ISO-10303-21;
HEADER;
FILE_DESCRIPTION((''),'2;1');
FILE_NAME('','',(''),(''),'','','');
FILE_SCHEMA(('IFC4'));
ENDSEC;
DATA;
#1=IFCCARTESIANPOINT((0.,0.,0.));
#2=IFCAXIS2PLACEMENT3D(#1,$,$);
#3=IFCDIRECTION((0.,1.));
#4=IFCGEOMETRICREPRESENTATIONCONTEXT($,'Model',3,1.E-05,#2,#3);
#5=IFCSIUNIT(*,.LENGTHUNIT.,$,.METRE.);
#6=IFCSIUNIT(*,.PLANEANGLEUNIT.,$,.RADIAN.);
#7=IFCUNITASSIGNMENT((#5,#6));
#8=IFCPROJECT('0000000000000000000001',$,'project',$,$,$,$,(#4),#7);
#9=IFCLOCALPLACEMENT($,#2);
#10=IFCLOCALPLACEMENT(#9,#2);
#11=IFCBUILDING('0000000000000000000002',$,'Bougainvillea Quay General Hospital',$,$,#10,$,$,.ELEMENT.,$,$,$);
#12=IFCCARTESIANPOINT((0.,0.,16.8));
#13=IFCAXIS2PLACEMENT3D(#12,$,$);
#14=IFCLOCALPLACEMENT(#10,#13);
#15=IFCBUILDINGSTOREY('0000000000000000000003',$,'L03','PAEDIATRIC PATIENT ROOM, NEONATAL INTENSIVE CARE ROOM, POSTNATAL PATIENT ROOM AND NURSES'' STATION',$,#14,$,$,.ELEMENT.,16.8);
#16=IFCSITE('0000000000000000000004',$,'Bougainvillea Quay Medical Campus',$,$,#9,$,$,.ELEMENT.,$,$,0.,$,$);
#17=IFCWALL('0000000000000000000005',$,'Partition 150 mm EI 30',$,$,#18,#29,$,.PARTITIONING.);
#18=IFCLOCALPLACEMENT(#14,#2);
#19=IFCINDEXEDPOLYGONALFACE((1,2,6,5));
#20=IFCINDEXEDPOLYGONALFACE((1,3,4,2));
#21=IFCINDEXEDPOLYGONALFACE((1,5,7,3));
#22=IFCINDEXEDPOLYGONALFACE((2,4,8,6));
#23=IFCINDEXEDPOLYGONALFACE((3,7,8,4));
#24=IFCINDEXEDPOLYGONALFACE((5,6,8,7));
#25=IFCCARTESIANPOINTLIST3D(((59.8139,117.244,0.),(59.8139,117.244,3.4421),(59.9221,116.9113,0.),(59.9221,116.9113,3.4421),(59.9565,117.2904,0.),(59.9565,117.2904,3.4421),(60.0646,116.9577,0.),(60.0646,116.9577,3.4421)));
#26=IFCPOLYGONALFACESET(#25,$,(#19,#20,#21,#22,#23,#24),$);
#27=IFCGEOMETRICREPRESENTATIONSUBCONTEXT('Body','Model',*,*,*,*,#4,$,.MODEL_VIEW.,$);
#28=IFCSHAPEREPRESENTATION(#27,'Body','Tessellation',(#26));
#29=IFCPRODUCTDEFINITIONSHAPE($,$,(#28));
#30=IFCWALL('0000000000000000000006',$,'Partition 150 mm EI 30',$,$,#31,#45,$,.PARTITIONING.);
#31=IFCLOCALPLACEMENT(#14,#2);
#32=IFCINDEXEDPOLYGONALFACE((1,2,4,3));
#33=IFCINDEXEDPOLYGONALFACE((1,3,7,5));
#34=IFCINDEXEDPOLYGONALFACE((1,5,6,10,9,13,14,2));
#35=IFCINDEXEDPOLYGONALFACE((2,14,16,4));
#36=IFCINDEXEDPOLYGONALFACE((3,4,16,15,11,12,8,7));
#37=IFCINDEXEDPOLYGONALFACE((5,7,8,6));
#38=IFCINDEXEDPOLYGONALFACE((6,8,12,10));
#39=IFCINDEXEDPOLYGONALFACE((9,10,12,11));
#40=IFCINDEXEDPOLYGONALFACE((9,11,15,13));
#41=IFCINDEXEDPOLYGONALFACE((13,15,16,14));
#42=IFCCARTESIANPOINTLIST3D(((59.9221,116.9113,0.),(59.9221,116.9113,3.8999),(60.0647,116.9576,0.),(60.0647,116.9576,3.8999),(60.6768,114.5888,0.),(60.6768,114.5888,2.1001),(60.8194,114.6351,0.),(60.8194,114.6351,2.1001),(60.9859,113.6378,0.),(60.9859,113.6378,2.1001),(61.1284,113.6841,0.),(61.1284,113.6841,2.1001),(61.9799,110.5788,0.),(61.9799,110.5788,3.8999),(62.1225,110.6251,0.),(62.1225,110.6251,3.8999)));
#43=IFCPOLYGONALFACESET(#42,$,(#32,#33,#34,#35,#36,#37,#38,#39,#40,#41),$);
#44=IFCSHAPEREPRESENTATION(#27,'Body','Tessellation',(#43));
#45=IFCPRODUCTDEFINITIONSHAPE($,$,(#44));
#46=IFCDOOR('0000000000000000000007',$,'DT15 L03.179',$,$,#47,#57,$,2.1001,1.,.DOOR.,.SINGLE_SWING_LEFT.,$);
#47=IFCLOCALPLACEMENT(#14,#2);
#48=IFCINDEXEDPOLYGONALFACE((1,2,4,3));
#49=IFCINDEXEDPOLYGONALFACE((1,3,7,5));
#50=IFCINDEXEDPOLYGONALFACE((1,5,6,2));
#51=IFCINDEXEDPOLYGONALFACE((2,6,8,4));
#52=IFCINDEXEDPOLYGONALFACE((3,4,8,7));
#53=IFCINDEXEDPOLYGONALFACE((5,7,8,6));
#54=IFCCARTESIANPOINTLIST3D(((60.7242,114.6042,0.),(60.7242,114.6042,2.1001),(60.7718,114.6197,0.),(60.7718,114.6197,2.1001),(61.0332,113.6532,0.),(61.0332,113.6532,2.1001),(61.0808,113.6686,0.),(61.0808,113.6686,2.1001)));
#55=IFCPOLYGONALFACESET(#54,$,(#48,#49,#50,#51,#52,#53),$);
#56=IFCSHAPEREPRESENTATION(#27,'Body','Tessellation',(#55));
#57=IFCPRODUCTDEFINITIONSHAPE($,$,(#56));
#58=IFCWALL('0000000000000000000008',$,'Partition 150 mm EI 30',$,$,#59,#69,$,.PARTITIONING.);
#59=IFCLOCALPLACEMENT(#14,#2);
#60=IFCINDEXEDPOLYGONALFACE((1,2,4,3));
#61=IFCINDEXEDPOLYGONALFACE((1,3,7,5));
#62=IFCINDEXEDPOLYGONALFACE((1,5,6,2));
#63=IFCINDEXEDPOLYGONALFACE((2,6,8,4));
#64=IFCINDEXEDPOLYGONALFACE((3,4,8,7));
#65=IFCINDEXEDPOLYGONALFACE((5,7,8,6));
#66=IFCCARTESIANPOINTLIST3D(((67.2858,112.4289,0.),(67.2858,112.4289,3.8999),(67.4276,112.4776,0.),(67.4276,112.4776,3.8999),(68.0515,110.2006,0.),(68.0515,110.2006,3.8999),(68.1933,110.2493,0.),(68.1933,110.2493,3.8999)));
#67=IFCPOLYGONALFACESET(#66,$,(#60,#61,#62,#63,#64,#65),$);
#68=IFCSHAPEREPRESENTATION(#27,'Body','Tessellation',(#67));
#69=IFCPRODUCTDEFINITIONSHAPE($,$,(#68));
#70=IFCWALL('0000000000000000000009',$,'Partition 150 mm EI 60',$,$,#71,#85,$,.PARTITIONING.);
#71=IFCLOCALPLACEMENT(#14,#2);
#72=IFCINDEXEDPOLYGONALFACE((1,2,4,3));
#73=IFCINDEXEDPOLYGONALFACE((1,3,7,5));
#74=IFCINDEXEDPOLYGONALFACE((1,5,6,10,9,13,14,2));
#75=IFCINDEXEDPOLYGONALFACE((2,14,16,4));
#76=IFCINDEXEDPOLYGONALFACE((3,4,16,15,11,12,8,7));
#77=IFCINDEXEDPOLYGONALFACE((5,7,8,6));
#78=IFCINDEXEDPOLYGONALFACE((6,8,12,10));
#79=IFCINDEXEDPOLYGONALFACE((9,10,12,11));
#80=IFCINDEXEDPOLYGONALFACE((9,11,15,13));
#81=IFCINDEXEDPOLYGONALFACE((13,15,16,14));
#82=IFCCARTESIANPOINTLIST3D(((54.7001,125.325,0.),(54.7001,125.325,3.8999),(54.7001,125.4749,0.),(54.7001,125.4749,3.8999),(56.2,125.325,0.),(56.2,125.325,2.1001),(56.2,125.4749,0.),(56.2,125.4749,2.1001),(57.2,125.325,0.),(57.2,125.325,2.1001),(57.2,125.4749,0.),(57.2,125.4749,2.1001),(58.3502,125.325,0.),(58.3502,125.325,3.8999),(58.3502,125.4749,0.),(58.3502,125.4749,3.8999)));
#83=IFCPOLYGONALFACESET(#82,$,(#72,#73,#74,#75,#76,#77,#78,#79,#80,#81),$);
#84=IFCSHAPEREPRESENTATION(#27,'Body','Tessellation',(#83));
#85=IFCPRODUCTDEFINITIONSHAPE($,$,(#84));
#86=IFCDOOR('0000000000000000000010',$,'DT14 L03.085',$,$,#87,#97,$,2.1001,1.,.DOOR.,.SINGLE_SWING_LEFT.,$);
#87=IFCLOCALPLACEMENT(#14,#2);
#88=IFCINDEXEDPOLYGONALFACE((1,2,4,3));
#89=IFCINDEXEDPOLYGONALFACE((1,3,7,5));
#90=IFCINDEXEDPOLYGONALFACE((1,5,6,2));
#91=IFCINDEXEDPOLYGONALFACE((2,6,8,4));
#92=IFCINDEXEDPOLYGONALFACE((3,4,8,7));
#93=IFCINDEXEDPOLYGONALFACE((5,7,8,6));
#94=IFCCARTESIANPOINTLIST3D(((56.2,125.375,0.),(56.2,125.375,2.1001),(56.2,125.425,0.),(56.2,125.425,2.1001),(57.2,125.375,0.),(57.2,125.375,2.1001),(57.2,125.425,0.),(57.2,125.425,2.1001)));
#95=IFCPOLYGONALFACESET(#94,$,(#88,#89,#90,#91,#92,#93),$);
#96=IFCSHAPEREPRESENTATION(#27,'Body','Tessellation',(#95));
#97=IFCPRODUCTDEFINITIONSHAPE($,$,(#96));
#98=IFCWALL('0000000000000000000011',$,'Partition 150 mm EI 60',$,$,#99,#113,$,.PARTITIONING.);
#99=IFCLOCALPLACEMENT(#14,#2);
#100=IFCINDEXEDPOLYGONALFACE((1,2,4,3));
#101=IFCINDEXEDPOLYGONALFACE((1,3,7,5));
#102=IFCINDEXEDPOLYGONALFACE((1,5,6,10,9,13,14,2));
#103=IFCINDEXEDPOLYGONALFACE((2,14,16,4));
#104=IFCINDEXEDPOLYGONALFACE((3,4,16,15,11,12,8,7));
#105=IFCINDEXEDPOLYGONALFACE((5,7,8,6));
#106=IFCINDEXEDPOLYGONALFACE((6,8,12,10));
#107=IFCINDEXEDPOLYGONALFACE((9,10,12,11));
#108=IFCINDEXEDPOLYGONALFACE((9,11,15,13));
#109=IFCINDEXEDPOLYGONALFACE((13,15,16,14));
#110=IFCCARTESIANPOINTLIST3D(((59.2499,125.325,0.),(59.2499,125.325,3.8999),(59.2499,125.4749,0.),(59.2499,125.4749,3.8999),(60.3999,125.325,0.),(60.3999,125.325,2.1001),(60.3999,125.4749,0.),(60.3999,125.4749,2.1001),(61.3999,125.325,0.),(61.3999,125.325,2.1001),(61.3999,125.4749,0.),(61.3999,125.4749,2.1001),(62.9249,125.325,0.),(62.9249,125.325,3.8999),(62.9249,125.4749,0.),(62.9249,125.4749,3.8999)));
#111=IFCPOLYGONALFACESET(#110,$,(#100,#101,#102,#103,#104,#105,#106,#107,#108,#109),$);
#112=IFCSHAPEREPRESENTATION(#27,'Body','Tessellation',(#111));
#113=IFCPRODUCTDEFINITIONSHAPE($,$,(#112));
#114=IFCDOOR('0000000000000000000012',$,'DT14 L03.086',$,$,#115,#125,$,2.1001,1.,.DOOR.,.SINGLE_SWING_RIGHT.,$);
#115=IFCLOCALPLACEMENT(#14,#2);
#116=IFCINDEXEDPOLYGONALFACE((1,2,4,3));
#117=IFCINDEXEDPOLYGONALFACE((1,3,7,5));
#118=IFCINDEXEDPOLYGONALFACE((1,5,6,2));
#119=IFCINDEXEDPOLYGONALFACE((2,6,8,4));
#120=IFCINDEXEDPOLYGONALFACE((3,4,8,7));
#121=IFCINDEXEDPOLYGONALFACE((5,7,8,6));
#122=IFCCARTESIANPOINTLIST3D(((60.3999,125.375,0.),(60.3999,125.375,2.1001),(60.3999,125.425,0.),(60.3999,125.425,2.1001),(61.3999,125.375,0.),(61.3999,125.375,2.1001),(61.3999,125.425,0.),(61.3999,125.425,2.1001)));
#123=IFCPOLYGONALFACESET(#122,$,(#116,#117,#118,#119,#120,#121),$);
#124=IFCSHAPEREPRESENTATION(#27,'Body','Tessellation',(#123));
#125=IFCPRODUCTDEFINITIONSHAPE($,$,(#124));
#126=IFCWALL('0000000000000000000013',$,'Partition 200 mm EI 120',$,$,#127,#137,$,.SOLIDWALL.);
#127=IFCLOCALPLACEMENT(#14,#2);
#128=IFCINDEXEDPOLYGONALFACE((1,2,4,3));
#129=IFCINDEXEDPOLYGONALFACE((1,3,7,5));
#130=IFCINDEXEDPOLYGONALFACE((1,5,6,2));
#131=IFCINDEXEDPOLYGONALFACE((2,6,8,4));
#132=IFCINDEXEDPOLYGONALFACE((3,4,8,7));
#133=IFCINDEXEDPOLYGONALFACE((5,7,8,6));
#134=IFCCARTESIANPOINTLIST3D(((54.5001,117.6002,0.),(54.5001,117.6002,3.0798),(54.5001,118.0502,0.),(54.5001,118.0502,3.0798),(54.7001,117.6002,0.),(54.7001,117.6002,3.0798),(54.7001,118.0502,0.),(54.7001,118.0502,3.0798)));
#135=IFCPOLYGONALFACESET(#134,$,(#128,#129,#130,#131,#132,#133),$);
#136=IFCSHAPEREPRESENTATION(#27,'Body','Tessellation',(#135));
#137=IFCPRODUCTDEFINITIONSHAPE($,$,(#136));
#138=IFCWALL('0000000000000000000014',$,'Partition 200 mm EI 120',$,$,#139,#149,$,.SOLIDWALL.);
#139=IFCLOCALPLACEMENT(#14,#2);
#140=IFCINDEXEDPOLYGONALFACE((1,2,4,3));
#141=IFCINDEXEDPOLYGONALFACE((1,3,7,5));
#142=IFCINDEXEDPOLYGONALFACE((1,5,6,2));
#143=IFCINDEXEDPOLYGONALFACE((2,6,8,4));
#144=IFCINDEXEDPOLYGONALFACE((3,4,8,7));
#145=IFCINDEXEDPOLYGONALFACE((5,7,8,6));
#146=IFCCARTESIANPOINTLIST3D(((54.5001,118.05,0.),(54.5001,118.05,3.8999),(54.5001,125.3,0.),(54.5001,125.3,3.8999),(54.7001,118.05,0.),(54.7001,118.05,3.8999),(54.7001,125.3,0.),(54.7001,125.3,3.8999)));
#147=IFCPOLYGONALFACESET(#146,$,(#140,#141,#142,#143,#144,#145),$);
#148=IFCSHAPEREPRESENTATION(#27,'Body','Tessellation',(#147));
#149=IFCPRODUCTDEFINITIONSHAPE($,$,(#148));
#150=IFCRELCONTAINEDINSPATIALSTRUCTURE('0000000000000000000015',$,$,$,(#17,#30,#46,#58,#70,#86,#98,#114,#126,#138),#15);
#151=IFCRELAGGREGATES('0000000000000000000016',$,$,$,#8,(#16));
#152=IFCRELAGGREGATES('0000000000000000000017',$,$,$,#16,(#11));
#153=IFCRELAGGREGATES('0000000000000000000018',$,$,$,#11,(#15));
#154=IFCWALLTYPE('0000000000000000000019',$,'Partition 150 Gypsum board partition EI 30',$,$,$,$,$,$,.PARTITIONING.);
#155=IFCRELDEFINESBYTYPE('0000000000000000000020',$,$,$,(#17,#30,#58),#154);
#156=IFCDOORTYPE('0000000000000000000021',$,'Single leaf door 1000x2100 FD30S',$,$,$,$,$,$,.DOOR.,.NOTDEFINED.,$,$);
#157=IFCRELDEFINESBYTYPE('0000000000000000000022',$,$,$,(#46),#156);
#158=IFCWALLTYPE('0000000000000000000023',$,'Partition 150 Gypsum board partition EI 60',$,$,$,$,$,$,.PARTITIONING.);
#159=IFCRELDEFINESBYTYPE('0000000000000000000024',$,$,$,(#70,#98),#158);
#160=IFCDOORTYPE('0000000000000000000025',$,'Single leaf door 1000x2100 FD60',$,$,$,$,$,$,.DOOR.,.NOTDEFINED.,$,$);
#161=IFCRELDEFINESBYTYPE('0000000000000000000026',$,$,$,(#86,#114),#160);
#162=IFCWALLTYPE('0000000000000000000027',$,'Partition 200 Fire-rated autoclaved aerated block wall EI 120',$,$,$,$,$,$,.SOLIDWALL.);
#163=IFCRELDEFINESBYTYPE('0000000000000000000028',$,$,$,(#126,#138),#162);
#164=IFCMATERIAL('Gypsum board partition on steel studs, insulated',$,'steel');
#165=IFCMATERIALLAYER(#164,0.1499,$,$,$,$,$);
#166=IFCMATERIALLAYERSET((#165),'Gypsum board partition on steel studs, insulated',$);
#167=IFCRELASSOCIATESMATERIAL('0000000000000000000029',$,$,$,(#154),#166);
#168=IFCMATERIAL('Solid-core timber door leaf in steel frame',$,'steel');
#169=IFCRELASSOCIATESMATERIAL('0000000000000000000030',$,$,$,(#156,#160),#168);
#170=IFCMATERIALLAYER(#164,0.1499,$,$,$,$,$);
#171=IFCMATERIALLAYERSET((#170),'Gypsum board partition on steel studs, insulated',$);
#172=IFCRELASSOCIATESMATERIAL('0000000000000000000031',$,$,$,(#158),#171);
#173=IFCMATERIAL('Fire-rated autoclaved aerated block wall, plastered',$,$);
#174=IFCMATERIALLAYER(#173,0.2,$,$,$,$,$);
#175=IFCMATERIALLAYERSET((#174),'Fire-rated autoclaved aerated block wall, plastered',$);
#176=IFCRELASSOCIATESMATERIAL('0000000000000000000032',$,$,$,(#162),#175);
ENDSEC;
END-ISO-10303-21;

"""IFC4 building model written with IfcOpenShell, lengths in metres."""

from ifc_helpers import new_model, si_unit, direction, frame, frame_2d, origin, place, context, subcontext, project, spatial, rectangle, extrude, material, layer, layer_set, type_object, element, fill, save


model = new_model("IFC4")

# Units and contexts
model_context = context("Model", 3, precision=1e-05, world=origin(), true_north=direction((0.0, 1.0)))
body_context = subcontext(model_context, "Body", "Model", "MODEL_VIEW")
ifc_project = project(units=[si_unit("LENGTHUNIT", "METRE"), si_unit("PLANEANGLEUNIT", "RADIAN")], contexts=[model_context])

# Site, building, storey
site_placement = place(None, origin())
site = spatial("IfcSite", under=ifc_project, at=site_placement, Name="Bougainvillea Quay Medical Campus", CompositionType="ELEMENT", RefElevation=0.0)
building_placement = place(site_placement, origin())
building = spatial("IfcBuilding", under=site, at=building_placement, Name="Bougainvillea Quay General Hospital", CompositionType="ELEMENT")
storey_placement = place(building_placement, frame((0.0, 0.0, 16.8)))
storey = spatial("IfcBuildingStorey", under=building, at=storey_placement, Name="L03", Description="PAEDIATRIC PATIENT ROOM, NEONATAL INTENSIVE CARE ROOM, POSTNATAL PATIENT ROOM AND NURSES' STATION", CompositionType="ELEMENT", Elevation=16.8)

# Shared definitions
ifc_material_1 = material(Name="Gypsum board partition on steel studs, insulated", Category="steel")
ifc_layer_1 = layer(ifc_material_1, 0.1499)
ifc_layer_set_1 = layer_set([ifc_layer_1], Name="Gypsum board partition on steel studs, insulated")
wall_type_1 = type_object("IfcWallType", Name="Partition 150 Gypsum board partition EI 30", PredefinedType="PARTITIONING", material=ifc_layer_set_1)

# Shared definitions
ifc_material_2 = material(Name="Solid-core timber door leaf in steel frame", Category="steel")
door_type_1 = type_object("IfcDoorType", Name="Single leaf door 1000x2100 FD30S", OperationType="NOTDEFINED", PredefinedType="DOOR", material=ifc_material_2)

# Wall
wall_1_placement = place(storey_placement, frame((59.8853, 117.2671, 0.0), z_axis=(0.0, 0.0, 1.0), x_axis=(0.309102, -0.951029, 0.0)))
element("IfcWall", 1, at=wall_1_placement, inside=storey, type_object=wall_type_1, Name="Partition 150 mm EI 30", PredefinedType="PARTITIONING", context=body_context, shape_type="SweptSolid", body=[
    extrude(rectangle(XDim=0.3499, YDim=0.1499, at=frame_2d((0.1748, 0.0))), origin(), (0.0, 0.0, 1.0), 3.4421),
])

# Wall, opening, door
wall_2_placement = place(storey_placement, frame((59.9934, 116.9343, 0.0), z_axis=(0.0, 0.0, 1.0), x_axis=(0.309058, -0.951043, 0.0)))
wall_2 = element("IfcWall", 2, at=wall_2_placement, inside=storey, type_object=wall_type_1, Name="Partition 150 mm EI 30", PredefinedType="PARTITIONING", context=body_context, shape_type="SweptSolid", body=[
    extrude(rectangle(XDim=6.6584, YDim=0.1499, at=frame_2d((3.3291, 0.0))), origin(), (0.0, 0.0, 1.0), 3.8999),
])
opening_1_placement = place(wall_2_placement, frame((2.4419, 0.0, 0.0)))
opening_1 = element("IfcOpeningElement", 3, at=opening_1_placement, cuts=wall_2, PredefinedType="OPENING", context=body_context, shape_type="SweptSolid", body=[
    extrude(rectangle(XDim=1.0, YDim=2.1001, at=frame_2d((0.5, 1.05))), frame((0.0, 0.085, 0.0), z_axis=(0.0, -1.0, 0.0), x_axis=(1.0, 0.0, 0.0)), (0.0, 0.0, 1.0), 0.1699),
])
door_1_placement = place(opening_1_placement, origin())
door_1 = element("IfcDoor", 4, at=door_1_placement, inside=storey, type_object=door_type_1, Name="DT15 L03.179", OperationType="SINGLE_SWING_LEFT", OverallHeight=2.1001, OverallWidth=1.0, PredefinedType="DOOR", context=body_context, shape_type="SweptSolid", body=[
    extrude(rectangle(XDim=1.0, YDim=2.1001, at=frame_2d((0.5, 1.05))), frame((0.0, 0.0249, 0.0), z_axis=(0.0, -1.0, 0.0), x_axis=(1.0, 0.0, 0.0)), (0.0, 0.0, 1.0), 0.05),
])
fill(opening_1, door_1)

# Wall
wall_3_placement = place(storey_placement, frame((67.3567, 112.4534, 0.0), z_axis=(0.0, 0.0, 1.0), x_axis=(0.324949, -0.945731, 0.0)))
element("IfcWall", 5, at=wall_3_placement, inside=storey, type_object=wall_type_1, Name="Partition 150 mm EI 30", PredefinedType="PARTITIONING", context=body_context, shape_type="SweptSolid", body=[
    extrude(rectangle(XDim=2.3562, YDim=0.1499, at=frame_2d((1.1782, 0.0))), origin(), (0.0, 0.0, 1.0), 3.8999),
])

# Walls, openings, doors
ifc_layer_2 = layer(ifc_material_1, 0.1499)
ifc_layer_set_2 = layer_set([ifc_layer_2], Name="Gypsum board partition on steel studs, insulated")
wall_type_2 = type_object("IfcWallType", Name="Partition 150 Gypsum board partition EI 60", PredefinedType="PARTITIONING", material=ifc_layer_set_2)
wall_4_placement = place(storey_placement, frame((54.7, 125.3999, 0.0), z_axis=(0.0, 0.0, 1.0), x_axis=(1.0, 0.0, 0.0)))
wall_4 = element("IfcWall", 6, at=wall_4_placement, inside=storey, type_object=wall_type_2, Name="Partition 150 mm EI 60", PredefinedType="PARTITIONING", context=body_context, shape_type="SweptSolid", body=[
    extrude(rectangle(XDim=3.6501, YDim=0.1499, at=frame_2d((1.8252, 0.0))), origin(), (0.0, 0.0, 1.0), 3.8999),
])
opening_2_placement = place(wall_4_placement, frame((1.5, 0.0, 0.0)))
opening_2 = element("IfcOpeningElement", 7, at=opening_2_placement, cuts=wall_4, PredefinedType="OPENING", context=body_context, shape_type="SweptSolid", body=[
    extrude(rectangle(XDim=1.0, YDim=2.1001, at=frame_2d((0.5, 1.05))), frame((0.0, 0.085, 0.0), z_axis=(0.0, -1.0, 0.0), x_axis=(1.0, 0.0, 0.0)), (0.0, 0.0, 1.0), 0.1699),
])
door_type_2 = type_object("IfcDoorType", Name="Single leaf door 1000x2100 FD60", OperationType="NOTDEFINED", PredefinedType="DOOR", material=ifc_material_2)
door_2_placement = place(opening_2_placement, frame((1.0, 0.0, 0.0), z_axis=(0.0, 0.0, 1.0), x_axis=(-1.0, 0.0, 0.0)))
door_2 = element("IfcDoor", 8, at=door_2_placement, inside=storey, type_object=door_type_2, Name="DT14 L03.085", OperationType="SINGLE_SWING_LEFT", OverallHeight=2.1001, OverallWidth=1.0, PredefinedType="DOOR", context=body_context, shape_type="SweptSolid", body=[
    extrude(rectangle(XDim=1.0, YDim=2.1001, at=frame_2d((0.5, 1.05))), frame((0.0, 0.0249, 0.0), z_axis=(0.0, -1.0, 0.0), x_axis=(1.0, 0.0, 0.0)), (0.0, 0.0, 1.0), 0.05),
])
fill(opening_2, door_2)
wall_5_placement = place(storey_placement, frame((59.25, 125.3999, 0.0), z_axis=(0.0, 0.0, 1.0), x_axis=(1.0, 0.0, 0.0)))
wall_5 = element("IfcWall", 9, at=wall_5_placement, inside=storey, type_object=wall_type_2, Name="Partition 150 mm EI 60", PredefinedType="PARTITIONING", context=body_context, shape_type="SweptSolid", body=[
    extrude(rectangle(XDim=3.675, YDim=0.1499, at=frame_2d((1.8374, 0.0))), origin(), (0.0, 0.0, 1.0), 3.8999),
])
opening_3_placement = place(wall_5_placement, frame((1.1499, 0.0, 0.0)))
opening_3 = element("IfcOpeningElement", 10, at=opening_3_placement, cuts=wall_5, PredefinedType="OPENING", context=body_context, shape_type="SweptSolid", body=[
    extrude(rectangle(XDim=1.0, YDim=2.1001, at=frame_2d((0.5, 1.05))), frame((0.0, 0.085, 0.0), z_axis=(0.0, -1.0, 0.0), x_axis=(1.0, 0.0, 0.0)), (0.0, 0.0, 1.0), 0.1699),
])
door_3_placement = place(opening_3_placement, frame((1.0, 0.0, 0.0), z_axis=(0.0, 0.0, 1.0), x_axis=(-1.0, 0.0, 0.0)))
door_3 = element("IfcDoor", 11, at=door_3_placement, inside=storey, type_object=door_type_2, Name="DT14 L03.086", OperationType="SINGLE_SWING_RIGHT", OverallHeight=2.1001, OverallWidth=1.0, PredefinedType="DOOR", context=body_context, shape_type="SweptSolid", body=[
    extrude(rectangle(XDim=1.0, YDim=2.1001, at=frame_2d((0.5, 1.05))), frame((0.0, 0.0249, 0.0), z_axis=(0.0, -1.0, 0.0), x_axis=(1.0, 0.0, 0.0)), (0.0, 0.0, 1.0), 0.05),
])
fill(opening_3, door_3)

# Walls
ifc_material_3 = material(Name="Fire-rated autoclaved aerated block wall, plastered")
ifc_layer_3 = layer(ifc_material_3, 0.2)
ifc_layer_set_3 = layer_set([ifc_layer_3], Name="Fire-rated autoclaved aerated block wall, plastered")
wall_type_3 = type_object("IfcWallType", Name="Partition 200 Fire-rated autoclaved aerated block wall EI 120", PredefinedType="SOLIDWALL", material=ifc_layer_set_3)
wall_6_placement = place(storey_placement, frame((54.6001, 117.6001, 0.0), z_axis=(0.0, 0.0, 1.0), x_axis=(0.0, 1.0, 0.0)))
element("IfcWall", 12, at=wall_6_placement, inside=storey, type_object=wall_type_3, Name="Partition 200 mm EI 120", PredefinedType="SOLIDWALL", context=body_context, shape_type="SweptSolid", body=[
    extrude(rectangle(XDim=0.45, YDim=0.2, at=frame_2d((0.2251, 0.0))), origin(), (0.0, 0.0, 1.0), 3.0798),
])
wall_7_placement = place(storey_placement, frame((54.6001, 118.05, 0.0), z_axis=(0.0, 0.0, 1.0), x_axis=(0.0, 1.0, 0.0)))
element("IfcWall", 13, at=wall_7_placement, inside=storey, type_object=wall_type_3, Name="Partition 200 mm EI 120", PredefinedType="SOLIDWALL", context=body_context, shape_type="SweptSolid", body=[
    extrude(rectangle(XDim=7.25, YDim=0.2, at=frame_2d((3.625, 0.0))), origin(), (0.0, 0.0, 1.0), 3.8999),
])

save(model, "model.ifc")
